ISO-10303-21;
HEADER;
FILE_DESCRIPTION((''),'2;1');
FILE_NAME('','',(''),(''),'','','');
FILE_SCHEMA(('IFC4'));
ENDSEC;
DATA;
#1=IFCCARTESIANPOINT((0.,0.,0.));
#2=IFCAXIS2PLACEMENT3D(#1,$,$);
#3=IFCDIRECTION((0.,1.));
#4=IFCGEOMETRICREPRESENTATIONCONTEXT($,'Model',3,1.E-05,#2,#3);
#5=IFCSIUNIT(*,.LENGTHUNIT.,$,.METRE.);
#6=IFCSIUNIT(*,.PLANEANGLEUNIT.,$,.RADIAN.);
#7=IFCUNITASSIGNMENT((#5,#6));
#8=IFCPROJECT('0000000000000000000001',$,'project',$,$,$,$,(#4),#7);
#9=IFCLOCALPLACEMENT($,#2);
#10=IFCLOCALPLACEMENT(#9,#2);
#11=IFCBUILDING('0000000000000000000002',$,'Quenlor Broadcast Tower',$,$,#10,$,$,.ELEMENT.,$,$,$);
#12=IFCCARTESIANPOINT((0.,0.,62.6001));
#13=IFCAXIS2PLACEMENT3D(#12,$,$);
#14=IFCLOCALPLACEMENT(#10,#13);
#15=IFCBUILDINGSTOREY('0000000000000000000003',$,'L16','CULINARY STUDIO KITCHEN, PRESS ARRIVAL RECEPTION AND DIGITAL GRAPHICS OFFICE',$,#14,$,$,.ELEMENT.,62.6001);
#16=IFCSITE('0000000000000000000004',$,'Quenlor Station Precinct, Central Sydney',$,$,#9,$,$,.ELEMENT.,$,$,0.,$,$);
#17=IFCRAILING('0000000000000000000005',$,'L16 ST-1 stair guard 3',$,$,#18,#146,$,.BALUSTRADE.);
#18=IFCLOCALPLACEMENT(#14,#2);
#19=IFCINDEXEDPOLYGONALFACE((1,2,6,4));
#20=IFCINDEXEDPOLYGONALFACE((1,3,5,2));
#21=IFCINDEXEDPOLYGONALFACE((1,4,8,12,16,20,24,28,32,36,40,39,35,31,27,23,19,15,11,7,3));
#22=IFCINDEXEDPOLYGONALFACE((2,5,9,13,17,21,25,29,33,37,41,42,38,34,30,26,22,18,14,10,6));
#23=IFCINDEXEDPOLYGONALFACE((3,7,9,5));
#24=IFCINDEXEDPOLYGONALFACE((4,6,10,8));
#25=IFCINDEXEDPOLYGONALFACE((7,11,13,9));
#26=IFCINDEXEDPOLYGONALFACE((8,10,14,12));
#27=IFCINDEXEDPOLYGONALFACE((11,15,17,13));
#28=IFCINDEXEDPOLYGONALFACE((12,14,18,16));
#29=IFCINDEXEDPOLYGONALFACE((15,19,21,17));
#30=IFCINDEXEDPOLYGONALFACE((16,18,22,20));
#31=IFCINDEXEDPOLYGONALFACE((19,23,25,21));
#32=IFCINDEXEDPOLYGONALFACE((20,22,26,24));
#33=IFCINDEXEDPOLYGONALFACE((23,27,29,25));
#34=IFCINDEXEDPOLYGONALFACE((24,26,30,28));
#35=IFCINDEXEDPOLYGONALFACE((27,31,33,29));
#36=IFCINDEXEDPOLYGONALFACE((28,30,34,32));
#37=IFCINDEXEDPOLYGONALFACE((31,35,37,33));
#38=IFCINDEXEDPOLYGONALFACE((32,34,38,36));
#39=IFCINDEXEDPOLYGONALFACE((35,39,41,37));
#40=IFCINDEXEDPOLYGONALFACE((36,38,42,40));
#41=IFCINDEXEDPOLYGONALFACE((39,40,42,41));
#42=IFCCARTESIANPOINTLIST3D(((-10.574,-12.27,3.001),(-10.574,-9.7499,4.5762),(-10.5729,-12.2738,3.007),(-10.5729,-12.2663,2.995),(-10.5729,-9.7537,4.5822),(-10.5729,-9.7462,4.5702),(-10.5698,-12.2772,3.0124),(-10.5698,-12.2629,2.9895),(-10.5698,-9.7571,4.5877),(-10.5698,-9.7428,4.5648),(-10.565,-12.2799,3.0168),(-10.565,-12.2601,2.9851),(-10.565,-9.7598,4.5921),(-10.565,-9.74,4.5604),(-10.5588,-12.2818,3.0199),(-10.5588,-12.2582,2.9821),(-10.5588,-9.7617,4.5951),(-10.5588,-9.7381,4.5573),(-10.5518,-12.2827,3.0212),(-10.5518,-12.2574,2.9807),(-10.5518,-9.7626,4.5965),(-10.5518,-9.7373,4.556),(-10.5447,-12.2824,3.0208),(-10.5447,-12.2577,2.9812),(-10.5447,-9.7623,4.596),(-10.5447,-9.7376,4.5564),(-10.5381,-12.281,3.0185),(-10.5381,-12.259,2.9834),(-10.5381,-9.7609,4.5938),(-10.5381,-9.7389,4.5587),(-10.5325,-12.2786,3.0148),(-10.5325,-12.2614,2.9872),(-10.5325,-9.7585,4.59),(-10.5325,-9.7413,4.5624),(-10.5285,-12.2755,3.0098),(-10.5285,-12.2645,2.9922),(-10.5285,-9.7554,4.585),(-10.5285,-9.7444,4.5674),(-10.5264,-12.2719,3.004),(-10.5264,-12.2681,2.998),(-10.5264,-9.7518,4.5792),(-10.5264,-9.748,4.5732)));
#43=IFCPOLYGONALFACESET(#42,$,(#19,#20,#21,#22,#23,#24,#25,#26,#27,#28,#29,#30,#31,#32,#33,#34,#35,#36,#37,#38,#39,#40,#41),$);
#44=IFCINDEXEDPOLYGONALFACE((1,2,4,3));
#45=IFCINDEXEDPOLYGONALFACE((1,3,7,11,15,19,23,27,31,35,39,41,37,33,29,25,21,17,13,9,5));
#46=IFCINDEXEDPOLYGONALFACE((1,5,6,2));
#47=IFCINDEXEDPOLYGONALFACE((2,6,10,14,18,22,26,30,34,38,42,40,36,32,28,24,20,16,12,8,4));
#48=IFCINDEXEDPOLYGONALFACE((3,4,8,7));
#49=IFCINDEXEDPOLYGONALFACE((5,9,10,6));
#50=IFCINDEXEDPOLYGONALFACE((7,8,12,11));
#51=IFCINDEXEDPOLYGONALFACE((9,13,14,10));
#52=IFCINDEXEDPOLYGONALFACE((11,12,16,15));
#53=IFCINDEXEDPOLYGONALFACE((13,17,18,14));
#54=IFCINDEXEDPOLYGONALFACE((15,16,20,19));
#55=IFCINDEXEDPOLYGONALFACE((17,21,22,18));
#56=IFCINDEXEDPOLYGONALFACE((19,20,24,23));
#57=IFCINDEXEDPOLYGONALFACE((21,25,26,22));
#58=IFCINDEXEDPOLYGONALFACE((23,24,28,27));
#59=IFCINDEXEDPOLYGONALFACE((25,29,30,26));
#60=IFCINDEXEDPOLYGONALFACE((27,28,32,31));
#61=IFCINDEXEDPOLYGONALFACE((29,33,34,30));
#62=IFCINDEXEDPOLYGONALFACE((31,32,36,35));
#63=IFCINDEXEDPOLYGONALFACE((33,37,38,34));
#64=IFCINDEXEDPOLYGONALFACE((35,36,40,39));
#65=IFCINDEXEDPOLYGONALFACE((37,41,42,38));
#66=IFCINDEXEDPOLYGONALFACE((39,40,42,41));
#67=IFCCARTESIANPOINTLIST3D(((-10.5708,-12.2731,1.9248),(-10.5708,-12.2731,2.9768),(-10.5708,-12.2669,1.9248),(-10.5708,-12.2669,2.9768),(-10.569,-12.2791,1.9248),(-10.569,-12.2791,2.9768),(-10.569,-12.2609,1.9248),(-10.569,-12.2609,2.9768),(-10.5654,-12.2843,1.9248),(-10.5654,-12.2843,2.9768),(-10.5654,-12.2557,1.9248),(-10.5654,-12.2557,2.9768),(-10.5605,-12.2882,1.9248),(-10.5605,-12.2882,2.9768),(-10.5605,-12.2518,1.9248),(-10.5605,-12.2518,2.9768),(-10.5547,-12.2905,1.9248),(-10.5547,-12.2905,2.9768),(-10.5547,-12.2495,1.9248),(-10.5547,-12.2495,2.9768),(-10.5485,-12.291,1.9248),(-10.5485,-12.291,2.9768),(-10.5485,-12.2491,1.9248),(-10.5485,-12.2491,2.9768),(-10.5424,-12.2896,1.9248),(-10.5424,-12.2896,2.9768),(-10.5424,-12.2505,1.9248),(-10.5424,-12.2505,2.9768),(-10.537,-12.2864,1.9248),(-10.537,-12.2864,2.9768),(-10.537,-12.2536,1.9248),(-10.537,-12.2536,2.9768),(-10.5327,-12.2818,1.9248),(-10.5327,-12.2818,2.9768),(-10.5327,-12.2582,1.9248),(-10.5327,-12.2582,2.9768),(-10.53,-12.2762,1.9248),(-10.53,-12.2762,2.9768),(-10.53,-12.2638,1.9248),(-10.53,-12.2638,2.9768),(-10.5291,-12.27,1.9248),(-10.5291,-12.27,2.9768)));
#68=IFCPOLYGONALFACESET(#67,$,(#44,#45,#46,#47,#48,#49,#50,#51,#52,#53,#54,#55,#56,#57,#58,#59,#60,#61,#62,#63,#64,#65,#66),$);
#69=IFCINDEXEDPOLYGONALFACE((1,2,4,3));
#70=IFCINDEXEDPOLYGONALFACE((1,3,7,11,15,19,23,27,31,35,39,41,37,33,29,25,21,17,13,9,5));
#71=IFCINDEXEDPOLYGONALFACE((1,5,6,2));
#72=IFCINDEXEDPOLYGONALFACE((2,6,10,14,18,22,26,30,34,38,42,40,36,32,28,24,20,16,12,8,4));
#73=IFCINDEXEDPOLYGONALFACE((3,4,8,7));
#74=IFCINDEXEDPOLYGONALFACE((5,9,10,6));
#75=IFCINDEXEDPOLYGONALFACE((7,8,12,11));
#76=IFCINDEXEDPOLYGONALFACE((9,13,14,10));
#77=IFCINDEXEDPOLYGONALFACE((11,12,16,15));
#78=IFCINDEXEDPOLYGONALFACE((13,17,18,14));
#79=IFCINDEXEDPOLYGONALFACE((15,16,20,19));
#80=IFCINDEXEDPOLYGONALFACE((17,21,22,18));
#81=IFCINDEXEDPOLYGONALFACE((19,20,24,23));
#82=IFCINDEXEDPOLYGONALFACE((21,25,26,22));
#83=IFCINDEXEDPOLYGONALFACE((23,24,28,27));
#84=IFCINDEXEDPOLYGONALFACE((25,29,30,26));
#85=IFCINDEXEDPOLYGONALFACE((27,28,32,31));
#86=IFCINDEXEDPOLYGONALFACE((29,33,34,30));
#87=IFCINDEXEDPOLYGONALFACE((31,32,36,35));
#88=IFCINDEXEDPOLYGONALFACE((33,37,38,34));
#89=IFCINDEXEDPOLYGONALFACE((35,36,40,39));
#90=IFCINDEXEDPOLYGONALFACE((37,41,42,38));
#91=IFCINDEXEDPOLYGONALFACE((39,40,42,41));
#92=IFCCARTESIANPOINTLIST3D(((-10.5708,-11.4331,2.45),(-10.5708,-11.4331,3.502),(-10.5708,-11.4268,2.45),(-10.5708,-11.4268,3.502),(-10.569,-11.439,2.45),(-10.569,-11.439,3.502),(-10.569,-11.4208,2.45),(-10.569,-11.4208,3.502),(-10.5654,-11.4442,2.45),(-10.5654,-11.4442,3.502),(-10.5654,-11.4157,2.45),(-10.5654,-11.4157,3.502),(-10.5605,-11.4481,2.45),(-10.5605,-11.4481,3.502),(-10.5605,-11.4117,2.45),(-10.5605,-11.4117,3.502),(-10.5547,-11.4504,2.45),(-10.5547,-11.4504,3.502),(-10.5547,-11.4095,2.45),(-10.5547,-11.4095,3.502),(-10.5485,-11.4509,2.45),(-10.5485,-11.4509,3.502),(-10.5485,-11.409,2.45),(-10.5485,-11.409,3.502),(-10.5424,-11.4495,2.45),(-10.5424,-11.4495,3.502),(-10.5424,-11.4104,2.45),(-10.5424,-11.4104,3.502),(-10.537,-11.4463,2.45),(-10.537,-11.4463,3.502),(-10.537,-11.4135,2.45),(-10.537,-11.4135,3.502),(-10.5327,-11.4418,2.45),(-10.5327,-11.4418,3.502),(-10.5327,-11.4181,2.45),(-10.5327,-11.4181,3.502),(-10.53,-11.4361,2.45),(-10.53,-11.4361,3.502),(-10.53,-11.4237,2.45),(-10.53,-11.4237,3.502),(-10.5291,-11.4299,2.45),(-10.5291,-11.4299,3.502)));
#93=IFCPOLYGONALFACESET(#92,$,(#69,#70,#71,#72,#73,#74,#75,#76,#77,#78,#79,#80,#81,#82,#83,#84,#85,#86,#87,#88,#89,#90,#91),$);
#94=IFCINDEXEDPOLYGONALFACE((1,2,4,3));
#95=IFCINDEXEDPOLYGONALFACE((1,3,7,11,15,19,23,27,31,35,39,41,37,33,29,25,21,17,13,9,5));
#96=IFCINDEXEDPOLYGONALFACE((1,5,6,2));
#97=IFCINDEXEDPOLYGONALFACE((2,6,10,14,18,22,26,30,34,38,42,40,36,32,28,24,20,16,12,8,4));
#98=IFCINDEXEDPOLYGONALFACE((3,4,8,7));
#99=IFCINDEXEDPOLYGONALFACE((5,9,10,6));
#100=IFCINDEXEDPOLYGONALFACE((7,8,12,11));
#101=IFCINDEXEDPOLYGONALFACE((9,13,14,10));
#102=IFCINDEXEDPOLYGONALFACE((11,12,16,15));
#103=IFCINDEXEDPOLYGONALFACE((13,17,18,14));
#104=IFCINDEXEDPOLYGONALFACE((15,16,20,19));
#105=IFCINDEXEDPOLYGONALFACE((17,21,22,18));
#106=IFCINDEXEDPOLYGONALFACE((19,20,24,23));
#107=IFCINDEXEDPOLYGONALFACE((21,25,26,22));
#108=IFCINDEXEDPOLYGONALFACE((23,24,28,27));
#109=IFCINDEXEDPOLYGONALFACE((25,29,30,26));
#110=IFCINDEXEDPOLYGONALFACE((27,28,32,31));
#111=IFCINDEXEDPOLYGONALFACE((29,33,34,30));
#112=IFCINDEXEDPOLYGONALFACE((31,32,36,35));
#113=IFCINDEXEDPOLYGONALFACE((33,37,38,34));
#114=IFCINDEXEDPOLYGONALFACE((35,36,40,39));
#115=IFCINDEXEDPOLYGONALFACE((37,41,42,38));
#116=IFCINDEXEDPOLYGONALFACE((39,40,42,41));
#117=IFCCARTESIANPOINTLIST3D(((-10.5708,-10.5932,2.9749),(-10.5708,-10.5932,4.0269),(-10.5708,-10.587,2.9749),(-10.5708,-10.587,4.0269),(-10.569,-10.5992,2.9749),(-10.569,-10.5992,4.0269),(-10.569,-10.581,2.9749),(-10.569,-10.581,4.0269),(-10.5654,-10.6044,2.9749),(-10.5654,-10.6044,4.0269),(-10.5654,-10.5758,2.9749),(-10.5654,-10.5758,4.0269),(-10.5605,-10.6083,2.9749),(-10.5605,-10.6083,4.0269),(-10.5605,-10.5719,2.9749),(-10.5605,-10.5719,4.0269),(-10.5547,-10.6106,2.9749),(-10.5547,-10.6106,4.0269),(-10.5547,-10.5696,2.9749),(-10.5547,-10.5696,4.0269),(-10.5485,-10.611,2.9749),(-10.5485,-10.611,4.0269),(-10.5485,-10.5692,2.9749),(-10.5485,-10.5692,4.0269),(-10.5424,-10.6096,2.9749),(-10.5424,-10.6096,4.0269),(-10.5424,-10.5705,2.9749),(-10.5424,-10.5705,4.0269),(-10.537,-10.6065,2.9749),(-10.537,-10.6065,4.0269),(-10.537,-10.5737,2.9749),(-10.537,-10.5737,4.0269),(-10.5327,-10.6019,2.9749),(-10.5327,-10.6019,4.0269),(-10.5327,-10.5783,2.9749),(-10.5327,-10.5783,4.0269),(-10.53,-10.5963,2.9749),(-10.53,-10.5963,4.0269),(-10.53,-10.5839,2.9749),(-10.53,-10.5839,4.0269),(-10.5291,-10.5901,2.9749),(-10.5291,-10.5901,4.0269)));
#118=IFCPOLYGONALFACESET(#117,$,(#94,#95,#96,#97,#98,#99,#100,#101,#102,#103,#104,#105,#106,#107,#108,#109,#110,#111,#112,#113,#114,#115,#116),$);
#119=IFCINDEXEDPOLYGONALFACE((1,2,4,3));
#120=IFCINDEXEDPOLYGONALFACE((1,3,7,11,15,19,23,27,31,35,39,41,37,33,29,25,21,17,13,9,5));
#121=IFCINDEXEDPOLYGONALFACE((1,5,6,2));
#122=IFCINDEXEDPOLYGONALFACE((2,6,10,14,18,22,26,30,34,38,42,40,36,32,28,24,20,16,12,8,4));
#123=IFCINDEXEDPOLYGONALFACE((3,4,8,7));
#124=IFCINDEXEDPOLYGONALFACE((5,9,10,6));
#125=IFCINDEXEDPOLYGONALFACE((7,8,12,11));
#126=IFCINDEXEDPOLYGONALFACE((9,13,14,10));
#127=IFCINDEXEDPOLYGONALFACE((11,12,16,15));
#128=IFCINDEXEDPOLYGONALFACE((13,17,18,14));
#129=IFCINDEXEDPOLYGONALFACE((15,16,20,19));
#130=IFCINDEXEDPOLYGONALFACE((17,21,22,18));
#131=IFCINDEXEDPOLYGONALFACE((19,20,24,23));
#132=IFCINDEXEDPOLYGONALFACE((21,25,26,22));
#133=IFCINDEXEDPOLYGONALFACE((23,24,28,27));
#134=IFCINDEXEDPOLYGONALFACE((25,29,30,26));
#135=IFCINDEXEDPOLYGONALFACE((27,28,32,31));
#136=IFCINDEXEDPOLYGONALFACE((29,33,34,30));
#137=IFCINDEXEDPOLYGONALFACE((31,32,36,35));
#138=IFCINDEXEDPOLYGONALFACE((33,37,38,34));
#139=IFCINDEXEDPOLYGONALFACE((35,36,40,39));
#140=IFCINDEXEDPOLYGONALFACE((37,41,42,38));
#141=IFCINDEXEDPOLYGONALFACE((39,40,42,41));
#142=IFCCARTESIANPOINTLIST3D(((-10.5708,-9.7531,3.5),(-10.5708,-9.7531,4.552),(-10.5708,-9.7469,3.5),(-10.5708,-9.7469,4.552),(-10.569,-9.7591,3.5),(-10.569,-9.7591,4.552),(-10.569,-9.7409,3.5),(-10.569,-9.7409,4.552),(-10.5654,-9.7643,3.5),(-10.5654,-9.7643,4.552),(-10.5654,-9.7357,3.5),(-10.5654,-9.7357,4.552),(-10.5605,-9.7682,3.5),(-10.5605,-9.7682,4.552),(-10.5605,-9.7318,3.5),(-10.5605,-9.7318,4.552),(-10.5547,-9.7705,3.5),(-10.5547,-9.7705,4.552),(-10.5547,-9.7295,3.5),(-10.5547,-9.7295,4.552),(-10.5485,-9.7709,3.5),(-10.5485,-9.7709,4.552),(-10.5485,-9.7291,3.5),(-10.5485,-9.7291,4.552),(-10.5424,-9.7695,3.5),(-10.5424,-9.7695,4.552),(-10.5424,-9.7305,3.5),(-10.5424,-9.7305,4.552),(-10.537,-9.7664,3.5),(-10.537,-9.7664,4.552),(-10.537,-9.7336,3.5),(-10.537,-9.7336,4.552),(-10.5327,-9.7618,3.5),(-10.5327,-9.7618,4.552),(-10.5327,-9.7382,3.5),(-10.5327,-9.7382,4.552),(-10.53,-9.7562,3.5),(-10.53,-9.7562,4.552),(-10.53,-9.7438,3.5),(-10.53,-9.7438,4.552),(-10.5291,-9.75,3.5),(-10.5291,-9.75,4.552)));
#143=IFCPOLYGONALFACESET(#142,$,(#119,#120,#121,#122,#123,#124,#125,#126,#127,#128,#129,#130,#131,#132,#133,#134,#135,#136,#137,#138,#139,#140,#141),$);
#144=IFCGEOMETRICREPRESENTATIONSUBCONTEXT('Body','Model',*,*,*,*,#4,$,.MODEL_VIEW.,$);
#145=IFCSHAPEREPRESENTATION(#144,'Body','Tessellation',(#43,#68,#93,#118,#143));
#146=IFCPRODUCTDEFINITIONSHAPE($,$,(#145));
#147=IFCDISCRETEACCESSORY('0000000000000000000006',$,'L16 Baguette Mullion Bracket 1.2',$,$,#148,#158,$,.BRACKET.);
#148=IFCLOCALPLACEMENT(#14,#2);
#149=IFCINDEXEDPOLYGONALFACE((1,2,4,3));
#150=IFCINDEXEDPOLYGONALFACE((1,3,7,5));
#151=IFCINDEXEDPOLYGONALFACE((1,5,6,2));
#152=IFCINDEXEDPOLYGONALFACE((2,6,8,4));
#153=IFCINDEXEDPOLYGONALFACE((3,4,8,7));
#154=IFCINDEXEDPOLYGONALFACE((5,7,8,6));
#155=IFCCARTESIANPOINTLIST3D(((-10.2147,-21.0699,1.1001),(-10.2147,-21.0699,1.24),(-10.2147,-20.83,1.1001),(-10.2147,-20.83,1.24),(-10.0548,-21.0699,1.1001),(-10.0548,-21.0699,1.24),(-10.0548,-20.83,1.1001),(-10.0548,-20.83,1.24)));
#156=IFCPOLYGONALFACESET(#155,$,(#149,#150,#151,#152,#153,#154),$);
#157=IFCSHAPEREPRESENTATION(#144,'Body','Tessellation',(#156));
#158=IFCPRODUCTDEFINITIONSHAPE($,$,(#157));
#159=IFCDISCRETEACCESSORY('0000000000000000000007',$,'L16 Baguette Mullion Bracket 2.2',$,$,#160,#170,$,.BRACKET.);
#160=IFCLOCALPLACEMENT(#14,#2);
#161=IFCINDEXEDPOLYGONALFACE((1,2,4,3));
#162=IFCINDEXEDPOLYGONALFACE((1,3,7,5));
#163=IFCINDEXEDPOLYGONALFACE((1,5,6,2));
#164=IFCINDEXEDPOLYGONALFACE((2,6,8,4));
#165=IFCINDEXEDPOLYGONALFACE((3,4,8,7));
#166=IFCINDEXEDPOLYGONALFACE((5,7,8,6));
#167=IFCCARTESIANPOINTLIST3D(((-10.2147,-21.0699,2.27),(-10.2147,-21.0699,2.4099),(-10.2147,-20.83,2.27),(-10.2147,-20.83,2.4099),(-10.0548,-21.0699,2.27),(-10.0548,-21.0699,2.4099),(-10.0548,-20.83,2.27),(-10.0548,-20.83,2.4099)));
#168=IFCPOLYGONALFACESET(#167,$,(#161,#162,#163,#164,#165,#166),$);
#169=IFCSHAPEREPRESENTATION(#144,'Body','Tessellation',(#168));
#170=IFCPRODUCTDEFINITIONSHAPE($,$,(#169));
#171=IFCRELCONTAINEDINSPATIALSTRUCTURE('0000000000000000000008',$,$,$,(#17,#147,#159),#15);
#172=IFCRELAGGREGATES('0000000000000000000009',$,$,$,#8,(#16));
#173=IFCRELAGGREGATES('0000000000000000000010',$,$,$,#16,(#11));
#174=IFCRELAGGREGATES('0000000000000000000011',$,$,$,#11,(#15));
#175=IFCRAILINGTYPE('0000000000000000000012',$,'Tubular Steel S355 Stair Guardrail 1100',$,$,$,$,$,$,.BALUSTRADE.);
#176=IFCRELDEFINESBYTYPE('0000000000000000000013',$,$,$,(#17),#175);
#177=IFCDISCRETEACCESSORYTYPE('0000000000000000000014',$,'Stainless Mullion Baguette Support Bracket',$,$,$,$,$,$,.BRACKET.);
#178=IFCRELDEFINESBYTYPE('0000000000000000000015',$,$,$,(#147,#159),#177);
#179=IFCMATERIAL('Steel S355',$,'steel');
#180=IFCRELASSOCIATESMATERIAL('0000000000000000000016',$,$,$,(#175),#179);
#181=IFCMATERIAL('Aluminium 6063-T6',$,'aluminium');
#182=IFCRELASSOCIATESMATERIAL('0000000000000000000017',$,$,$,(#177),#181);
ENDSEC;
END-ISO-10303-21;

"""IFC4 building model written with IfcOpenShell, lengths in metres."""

from ifc_helpers import new_model, si_unit, direction, frame, origin, origin_2d, place, context, subcontext, project, spatial, rectangle, circle, extrude, material, type_object, element, save


model = new_model("IFC4")

# Units and contexts
model_context = context("Model", 3, precision=1e-05, world=origin(), true_north=direction((0.0, 1.0)))
body_context = subcontext(model_context, "Body", "Model", "MODEL_VIEW")
ifc_project = project(units=[si_unit("LENGTHUNIT", "METRE"), si_unit("PLANEANGLEUNIT", "RADIAN")], contexts=[model_context])

# Site, building, storey
site_placement = place(None, origin())
site = spatial("IfcSite", under=ifc_project, at=site_placement, Name="Quenlor Station Precinct, Central Sydney", CompositionType="ELEMENT", RefElevation=0.0)
building_placement = place(site_placement, origin())
building = spatial("IfcBuilding", under=site, at=building_placement, Name="Quenlor Broadcast Tower", CompositionType="ELEMENT")
storey_placement = place(building_placement, frame((0.0, 0.0, 62.6001)))
storey = spatial("IfcBuildingStorey", under=building, at=storey_placement, Name="L16", Description="CULINARY STUDIO KITCHEN, PRESS ARRIVAL RECEPTION AND DIGITAL GRAPHICS OFFICE", CompositionType="ELEMENT", Elevation=62.6001)

# Railing
ifc_material_1 = material(Name="Steel S355", Category="steel")
railing_type = type_object("IfcRailingType", Name="Tubular Steel S355 Stair Guardrail 1100", PredefinedType="BALUSTRADE", material=ifc_material_1)
railing_1_placement = place(storey_placement, frame((-10.55, -12.27, 1.9248)))
element("IfcRailing", 1, at=railing_1_placement, inside=storey, type_object=railing_type, Name="L16 ST-1 stair guard 3", PredefinedType="BALUSTRADE", context=body_context, shape_type="SweptSolid", body=[
    extrude(circle(Radius=0.0239, at=origin_2d()), frame((0.0, 0.0, 1.0762), z_axis=(0.0, 0.847971, 0.530043), x_axis=(-1.0, 0.0, 0.0)), (0.0, 0.0, 1.0), 2.9719),
    extrude(circle(Radius=0.021, at=origin_2d()), origin(), (0.0, 0.0, 1.0), 1.052),
    extrude(circle(Radius=0.021, at=origin_2d()), frame((0.0, 0.8401, 0.5251)), (0.0, 0.0, 1.0), 1.052),
    extrude(circle(Radius=0.021, at=origin_2d()), frame((0.0, 1.6799, 1.05)), (0.0, 0.0, 1.0), 1.052),
    extrude(circle(Radius=0.021, at=origin_2d()), frame((0.0, 2.52, 1.5752)), (0.0, 0.0, 1.0), 1.052),
])

# Discrete accessories
ifc_material_2 = material(Name="Aluminium 6063-T6", Category="aluminium")
discrete_accessory_type = type_object("IfcDiscreteAccessoryType", Name="Stainless Mullion Baguette Support Bracket", PredefinedType="BRACKET", material=ifc_material_2)
for number, where, z_axis, x_axis, name in (
    (2, (-10.1348, -20.95, 1.1001), (0.0, 0.0, 1.0), (-1.0, 0.0, 0.0), "L16 Baguette Mullion Bracket 1.2"),
    (3, (-10.1348, -20.95, 2.27), (0.0, 0.0, 1.0), (-1.0, 0.0, 0.0), "L16 Baguette Mullion Bracket 2.2"),
):
    element("IfcDiscreteAccessory", number, at=place(storey_placement, frame(where, z_axis=z_axis, x_axis=x_axis)), inside=storey, type_object=discrete_accessory_type, Name=name, PredefinedType="BRACKET", context=body_context, shape_type="SweptSolid", body=[
        extrude(rectangle(XDim=0.1599, YDim=0.24, at=origin_2d()), origin(), (0.0, 0.0, 1.0), 0.1399),
    ])

save(model, "model.ifc")
